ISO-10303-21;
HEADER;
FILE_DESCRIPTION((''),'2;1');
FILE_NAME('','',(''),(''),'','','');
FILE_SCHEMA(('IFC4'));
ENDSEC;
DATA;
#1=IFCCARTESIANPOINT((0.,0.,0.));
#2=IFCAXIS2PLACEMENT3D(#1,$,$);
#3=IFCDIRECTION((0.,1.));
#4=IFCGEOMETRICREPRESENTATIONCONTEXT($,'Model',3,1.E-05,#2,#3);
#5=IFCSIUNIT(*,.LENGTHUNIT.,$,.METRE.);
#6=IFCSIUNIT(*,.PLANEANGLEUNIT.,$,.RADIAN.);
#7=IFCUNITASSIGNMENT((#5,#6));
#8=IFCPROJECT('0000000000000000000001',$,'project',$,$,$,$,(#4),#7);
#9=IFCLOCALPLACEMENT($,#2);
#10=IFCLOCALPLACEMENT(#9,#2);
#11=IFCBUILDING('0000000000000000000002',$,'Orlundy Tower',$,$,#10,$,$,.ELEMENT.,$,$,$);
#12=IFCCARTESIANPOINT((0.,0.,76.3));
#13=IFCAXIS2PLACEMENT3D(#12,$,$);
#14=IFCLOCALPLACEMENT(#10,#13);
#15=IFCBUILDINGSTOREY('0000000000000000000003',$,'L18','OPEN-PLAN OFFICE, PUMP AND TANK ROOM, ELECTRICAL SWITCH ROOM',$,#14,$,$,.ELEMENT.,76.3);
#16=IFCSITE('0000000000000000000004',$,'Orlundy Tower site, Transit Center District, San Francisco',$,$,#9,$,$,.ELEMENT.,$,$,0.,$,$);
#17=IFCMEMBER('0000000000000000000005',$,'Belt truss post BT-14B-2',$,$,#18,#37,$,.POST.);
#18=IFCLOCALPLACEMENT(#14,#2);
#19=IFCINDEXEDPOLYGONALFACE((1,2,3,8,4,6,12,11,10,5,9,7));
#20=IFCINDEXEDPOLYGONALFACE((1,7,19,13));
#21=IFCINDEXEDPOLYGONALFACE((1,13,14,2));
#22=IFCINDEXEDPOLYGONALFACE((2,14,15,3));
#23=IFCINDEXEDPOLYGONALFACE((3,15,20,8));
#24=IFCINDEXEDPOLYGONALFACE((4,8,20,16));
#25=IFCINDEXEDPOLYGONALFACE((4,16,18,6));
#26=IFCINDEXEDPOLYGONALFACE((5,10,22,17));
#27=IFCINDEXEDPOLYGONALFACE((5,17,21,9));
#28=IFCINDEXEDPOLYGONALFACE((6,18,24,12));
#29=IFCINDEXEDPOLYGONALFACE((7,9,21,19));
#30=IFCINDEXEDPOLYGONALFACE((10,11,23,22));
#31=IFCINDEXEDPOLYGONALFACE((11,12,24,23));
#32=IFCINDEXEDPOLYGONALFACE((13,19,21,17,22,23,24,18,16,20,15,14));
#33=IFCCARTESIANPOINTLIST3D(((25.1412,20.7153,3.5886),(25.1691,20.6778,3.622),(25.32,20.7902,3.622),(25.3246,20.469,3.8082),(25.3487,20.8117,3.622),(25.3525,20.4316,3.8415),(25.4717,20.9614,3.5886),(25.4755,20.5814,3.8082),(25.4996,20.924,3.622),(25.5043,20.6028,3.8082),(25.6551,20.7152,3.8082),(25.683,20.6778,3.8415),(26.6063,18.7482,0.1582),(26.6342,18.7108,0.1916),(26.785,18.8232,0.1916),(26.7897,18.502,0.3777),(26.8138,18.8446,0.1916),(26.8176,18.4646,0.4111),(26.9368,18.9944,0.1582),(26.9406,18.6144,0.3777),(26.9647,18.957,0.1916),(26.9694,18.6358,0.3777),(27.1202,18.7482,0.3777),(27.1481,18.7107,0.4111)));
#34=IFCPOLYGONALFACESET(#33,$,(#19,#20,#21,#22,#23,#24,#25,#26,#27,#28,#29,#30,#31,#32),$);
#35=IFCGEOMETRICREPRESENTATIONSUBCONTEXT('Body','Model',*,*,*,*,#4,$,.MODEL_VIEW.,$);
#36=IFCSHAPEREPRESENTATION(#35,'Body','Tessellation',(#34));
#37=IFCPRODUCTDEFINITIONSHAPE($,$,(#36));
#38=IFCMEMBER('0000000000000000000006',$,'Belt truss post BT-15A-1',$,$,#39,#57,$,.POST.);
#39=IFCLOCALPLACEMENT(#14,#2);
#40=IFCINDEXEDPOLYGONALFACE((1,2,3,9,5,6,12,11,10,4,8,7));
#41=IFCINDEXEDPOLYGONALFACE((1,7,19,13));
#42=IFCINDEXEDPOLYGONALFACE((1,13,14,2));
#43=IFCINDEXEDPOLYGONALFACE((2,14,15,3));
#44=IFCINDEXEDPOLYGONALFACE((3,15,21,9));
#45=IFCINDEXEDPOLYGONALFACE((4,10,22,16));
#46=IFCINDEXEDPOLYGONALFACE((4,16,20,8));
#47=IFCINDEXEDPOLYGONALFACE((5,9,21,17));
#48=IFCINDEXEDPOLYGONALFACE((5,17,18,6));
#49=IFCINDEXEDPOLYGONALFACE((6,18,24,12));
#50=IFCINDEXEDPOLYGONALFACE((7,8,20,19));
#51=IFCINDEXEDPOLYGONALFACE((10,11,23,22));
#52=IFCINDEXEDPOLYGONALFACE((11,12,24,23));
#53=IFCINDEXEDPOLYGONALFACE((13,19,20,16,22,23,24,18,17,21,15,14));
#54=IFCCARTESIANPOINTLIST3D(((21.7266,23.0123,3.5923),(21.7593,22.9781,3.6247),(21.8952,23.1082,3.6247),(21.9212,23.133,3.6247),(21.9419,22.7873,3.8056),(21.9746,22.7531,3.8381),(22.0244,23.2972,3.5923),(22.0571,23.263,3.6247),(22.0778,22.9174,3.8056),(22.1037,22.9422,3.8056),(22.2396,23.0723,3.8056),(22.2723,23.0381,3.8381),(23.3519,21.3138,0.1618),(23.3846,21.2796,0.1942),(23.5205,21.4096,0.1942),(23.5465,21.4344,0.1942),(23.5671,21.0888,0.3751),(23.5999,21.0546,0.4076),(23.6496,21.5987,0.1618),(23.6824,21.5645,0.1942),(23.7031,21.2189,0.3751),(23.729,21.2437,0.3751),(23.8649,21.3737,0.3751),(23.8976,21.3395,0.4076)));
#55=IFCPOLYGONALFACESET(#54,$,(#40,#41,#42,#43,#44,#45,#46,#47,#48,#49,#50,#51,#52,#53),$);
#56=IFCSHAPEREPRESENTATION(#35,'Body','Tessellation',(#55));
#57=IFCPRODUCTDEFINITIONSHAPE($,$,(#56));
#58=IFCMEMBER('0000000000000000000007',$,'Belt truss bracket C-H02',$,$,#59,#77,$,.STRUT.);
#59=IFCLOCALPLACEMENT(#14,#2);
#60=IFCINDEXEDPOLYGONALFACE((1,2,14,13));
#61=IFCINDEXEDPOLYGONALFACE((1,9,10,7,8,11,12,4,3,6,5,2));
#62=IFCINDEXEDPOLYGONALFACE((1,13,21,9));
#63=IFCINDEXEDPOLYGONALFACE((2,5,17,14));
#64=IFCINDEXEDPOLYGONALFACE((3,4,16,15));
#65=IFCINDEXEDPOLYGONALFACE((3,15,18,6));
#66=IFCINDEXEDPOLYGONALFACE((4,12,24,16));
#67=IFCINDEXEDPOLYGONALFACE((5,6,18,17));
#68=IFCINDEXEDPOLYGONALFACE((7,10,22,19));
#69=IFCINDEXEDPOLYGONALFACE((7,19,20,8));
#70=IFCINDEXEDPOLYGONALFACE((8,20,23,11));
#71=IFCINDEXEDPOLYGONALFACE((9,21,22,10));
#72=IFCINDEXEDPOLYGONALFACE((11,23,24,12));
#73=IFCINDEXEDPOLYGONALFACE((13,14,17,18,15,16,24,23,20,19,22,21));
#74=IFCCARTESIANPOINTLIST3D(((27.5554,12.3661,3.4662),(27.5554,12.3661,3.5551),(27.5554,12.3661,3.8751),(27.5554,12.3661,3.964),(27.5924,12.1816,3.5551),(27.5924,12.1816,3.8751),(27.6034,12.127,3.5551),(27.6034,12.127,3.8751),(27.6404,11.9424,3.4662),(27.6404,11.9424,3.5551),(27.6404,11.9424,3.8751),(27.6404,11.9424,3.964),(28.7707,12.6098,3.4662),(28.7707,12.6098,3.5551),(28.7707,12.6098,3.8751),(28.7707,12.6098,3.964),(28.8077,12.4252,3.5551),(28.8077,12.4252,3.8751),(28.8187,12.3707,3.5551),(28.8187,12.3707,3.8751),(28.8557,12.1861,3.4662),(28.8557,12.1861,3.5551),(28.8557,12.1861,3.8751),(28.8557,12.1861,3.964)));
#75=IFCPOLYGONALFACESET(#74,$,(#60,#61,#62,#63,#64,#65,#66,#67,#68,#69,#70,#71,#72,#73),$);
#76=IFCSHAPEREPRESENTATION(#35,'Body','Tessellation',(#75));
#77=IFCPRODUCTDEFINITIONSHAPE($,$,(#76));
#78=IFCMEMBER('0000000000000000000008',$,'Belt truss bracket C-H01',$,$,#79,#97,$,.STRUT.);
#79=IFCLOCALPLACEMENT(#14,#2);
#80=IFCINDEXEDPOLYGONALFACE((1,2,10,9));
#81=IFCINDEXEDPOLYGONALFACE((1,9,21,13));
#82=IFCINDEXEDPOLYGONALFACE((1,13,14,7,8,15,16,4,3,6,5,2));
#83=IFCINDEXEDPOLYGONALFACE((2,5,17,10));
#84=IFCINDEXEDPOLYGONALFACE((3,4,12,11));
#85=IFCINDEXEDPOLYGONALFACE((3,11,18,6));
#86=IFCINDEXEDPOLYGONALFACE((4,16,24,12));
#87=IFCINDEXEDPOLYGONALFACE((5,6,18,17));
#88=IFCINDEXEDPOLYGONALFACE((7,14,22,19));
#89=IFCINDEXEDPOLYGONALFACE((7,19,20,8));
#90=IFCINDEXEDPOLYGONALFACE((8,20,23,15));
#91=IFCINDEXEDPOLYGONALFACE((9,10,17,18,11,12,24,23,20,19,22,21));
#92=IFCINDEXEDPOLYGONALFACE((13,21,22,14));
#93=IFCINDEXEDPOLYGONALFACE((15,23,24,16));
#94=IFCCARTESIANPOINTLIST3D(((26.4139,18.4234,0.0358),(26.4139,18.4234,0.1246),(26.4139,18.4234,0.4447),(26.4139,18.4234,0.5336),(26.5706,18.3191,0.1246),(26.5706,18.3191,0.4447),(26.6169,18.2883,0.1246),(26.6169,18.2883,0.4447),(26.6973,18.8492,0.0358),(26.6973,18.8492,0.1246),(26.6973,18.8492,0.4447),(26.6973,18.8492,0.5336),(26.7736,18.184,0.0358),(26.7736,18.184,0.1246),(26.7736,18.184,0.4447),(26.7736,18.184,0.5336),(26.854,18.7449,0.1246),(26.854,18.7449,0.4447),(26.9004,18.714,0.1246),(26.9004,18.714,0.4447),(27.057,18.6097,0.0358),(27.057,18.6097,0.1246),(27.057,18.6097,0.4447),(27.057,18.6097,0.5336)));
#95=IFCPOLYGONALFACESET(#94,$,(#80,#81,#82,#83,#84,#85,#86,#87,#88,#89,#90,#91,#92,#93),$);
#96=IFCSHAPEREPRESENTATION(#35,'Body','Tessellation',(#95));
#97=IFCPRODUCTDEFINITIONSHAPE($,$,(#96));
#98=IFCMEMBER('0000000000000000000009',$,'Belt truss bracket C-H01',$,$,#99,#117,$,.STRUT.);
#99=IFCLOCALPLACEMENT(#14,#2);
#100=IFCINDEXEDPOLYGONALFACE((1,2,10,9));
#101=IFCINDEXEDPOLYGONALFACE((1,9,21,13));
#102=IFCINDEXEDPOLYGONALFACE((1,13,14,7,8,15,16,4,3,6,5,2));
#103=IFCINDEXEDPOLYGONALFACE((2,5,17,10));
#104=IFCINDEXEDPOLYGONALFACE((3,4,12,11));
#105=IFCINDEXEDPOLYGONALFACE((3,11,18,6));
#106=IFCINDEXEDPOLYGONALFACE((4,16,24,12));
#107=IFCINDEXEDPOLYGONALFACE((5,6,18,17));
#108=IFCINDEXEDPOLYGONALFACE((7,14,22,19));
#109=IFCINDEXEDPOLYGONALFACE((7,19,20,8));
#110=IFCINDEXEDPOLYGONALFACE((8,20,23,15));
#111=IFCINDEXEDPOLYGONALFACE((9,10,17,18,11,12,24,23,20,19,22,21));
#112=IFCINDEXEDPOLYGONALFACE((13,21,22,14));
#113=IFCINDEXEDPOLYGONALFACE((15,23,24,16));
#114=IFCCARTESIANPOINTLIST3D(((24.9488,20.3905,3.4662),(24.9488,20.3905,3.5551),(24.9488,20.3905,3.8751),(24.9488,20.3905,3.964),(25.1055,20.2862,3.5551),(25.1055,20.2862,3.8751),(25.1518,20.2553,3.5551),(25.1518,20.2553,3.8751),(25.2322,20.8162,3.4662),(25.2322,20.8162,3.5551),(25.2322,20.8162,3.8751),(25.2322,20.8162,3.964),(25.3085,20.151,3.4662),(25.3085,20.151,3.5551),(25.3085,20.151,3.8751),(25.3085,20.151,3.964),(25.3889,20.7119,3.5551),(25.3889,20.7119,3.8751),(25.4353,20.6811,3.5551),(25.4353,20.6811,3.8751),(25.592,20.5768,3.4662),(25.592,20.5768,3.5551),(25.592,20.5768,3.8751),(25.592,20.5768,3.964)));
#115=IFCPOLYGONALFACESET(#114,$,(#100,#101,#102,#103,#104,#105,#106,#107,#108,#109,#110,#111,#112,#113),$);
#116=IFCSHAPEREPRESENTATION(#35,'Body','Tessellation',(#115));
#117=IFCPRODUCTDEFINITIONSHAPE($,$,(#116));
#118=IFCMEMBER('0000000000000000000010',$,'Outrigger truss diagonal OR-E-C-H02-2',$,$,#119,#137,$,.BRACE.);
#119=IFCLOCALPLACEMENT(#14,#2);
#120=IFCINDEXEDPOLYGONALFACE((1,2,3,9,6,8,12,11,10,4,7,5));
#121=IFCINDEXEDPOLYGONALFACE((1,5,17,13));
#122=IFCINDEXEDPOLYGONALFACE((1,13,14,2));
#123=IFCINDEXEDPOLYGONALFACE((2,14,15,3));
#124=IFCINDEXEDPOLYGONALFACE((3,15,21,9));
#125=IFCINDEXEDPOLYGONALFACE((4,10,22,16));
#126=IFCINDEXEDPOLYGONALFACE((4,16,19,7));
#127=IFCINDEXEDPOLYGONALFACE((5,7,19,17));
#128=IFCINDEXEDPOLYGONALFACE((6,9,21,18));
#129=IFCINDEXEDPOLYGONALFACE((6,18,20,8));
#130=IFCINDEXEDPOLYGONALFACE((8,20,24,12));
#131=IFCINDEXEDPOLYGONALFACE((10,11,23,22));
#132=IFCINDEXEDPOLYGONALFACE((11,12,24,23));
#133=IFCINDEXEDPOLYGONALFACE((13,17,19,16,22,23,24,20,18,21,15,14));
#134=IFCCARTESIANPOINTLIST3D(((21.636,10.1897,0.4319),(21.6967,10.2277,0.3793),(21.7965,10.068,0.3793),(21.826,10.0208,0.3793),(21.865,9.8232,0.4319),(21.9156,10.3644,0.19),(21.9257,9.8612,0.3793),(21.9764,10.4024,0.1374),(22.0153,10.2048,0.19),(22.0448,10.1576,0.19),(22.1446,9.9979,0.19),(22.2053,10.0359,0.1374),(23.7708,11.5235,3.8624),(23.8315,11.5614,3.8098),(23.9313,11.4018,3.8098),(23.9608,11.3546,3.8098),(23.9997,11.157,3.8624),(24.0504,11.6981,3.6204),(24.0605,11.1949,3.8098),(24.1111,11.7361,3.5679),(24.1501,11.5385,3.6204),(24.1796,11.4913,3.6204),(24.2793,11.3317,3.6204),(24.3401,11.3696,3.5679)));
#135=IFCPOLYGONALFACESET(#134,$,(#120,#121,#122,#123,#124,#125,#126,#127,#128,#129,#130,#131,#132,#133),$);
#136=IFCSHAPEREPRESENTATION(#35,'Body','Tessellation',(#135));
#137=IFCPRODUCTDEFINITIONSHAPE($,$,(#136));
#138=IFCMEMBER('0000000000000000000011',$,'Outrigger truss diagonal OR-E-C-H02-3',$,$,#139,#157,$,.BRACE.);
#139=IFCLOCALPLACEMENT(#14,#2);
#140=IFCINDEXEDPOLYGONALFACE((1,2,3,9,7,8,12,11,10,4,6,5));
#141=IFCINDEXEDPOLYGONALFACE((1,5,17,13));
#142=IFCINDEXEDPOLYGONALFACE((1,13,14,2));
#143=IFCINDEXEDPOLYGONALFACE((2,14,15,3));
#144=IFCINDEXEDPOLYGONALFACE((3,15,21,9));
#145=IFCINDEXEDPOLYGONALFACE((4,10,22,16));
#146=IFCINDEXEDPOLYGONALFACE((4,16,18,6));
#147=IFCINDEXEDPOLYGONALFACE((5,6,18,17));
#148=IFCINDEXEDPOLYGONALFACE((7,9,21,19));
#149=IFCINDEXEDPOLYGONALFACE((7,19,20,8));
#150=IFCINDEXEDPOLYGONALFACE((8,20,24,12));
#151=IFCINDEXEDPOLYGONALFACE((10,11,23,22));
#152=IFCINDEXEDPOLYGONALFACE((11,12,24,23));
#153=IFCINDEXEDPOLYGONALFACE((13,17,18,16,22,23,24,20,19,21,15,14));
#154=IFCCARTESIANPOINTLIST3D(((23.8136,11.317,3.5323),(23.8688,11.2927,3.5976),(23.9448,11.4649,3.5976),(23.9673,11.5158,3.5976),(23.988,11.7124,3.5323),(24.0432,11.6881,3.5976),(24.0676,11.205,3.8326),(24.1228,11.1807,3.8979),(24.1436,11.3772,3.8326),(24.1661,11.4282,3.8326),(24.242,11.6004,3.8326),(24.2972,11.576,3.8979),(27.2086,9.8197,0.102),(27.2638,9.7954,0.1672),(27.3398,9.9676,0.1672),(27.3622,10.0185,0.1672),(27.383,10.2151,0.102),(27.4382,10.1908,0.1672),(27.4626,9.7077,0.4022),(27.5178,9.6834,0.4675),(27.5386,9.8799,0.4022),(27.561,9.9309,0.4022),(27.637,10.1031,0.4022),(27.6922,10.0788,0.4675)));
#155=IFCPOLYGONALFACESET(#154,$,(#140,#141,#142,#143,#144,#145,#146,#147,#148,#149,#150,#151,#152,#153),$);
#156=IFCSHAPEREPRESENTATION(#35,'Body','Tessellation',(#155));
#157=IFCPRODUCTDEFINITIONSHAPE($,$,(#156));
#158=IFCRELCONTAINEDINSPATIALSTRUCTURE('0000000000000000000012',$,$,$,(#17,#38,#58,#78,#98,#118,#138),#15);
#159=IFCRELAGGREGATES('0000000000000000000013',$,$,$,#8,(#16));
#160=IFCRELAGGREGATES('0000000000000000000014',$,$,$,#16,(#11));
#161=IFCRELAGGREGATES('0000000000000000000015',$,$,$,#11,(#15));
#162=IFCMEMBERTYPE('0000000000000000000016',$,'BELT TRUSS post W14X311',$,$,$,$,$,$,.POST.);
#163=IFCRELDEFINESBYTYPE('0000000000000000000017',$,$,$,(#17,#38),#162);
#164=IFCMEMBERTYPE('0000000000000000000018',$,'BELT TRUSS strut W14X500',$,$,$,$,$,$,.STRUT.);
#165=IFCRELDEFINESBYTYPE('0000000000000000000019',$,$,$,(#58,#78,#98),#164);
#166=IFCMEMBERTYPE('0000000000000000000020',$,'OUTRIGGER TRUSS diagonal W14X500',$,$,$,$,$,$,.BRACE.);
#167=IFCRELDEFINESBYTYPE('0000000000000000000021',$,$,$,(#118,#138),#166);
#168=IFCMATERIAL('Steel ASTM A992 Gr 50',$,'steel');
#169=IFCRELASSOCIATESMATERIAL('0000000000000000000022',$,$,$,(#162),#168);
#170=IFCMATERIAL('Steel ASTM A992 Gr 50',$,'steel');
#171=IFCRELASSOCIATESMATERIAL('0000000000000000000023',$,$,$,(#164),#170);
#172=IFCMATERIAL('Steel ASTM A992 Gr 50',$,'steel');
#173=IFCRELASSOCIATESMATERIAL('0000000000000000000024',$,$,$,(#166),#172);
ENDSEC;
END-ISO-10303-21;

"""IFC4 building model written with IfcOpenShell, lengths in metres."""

from ifc_helpers import new_model, si_unit, direction, frame, origin, origin_2d, place, context, subcontext, project, spatial, i_section, extrude, material, material_profile, profile_set, type_object, element, save


model = new_model("IFC4")

# Units and contexts
model_context = context("Model", 3, precision=1e-05, world=origin(), true_north=direction((0.0, 1.0)))
body_context = subcontext(model_context, "Body", "Model", "MODEL_VIEW")
ifc_project = project(units=[si_unit("LENGTHUNIT", "METRE"), si_unit("PLANEANGLEUNIT", "RADIAN")], contexts=[model_context])

# Site, building, storey
site_placement = place(None, origin())
site = spatial("IfcSite", under=ifc_project, at=site_placement, Name="Orlundy Tower site, Transit Center District, San Francisco", CompositionType="ELEMENT", RefElevation=0.0)
building_placement = place(site_placement, origin())
building = spatial("IfcBuilding", under=site, at=building_placement, Name="Orlundy Tower", CompositionType="ELEMENT")
storey_placement = place(building_placement, frame((0.0, 0.0, 76.3)))
storey = spatial("IfcBuildingStorey", under=building, at=storey_placement, Name="L18", Description="OPEN-PLAN OFFICE, PUMP AND TANK ROOM, ELECTRICAL SWITCH ROOM", CompositionType="ELEMENT", Elevation=76.3)

# Members
ifc_material_1 = material(Name="Steel ASTM A992 Gr 50", Category="steel")
ifc_material_profile_1 = material_profile(ifc_material_1, i_section(OverallWidth=0.4121, OverallDepth=0.4348, WebThickness=0.0359, FlangeThickness=0.0574, at=origin_2d()), Name="W14X311")
ifc_profile_set_1 = profile_set([ifc_material_profile_1], Name="Steel ASTM A992 Gr 50")
member_type_1 = type_object("IfcMemberType", Name="BELT TRUSS post W14X311", PredefinedType="POST", material=ifc_profile_set_1)
member_1_placement = place(storey_placement, frame((26.8772, 18.7295, 0.2847), z_axis=(-0.34742, 0.466449, 0.813464), x_axis=(-0.80199, -0.597337, 0.0)))
element("IfcMember", 1, at=member_1_placement, inside=storey, type_object=member_type_1, Name="Belt truss post BT-14B-2", PredefinedType="POST", context=body_context, shape_type="SweptSolid", body=[
    extrude(i_section(OverallWidth=0.4121, OverallDepth=0.4348, WebThickness=0.0359, FlangeThickness=0.0574, at=origin_2d()), origin(), (0.0, 0.0, 1.0), 4.217),
])
member_2_placement = place(storey_placement, frame((23.6248, 21.3267, 0.2847), z_axis=(-0.390814, 0.408426, 0.824895), x_axis=(-0.722513, -0.691357, 0.0)))
element("IfcMember", 2, at=member_2_placement, inside=storey, type_object=member_type_1, Name="Belt truss post BT-15A-1", PredefinedType="POST", context=body_context, shape_type="SweptSolid", body=[
    extrude(i_section(OverallWidth=0.4121, OverallDepth=0.4348, WebThickness=0.0359, FlangeThickness=0.0574, at=origin_2d()), origin(), (0.0, 0.0, 1.0), 4.1587),
])
ifc_material_2 = material(Name="Steel ASTM A992 Gr 50", Category="steel")
ifc_material_profile_2 = material_profile(ifc_material_2, i_section(OverallWidth=0.4321, OverallDepth=0.4978, WebThickness=0.0557, FlangeThickness=0.0889, at=origin_2d()), Name="W14X500")
ifc_profile_set_2 = profile_set([ifc_material_profile_2], Name="Steel ASTM A992 Gr 50")
member_type_2 = type_object("IfcMemberType", Name="BELT TRUSS strut W14X500", PredefinedType="STRUT", material=ifc_profile_set_2)
member_3_placement = place(storey_placement, frame((27.5979, 12.1543, 3.7151), z_axis=(0.98049, 0.196571, 0.0), x_axis=(-0.196571, 0.98049, 0.0)))
element("IfcMember", 3, at=member_3_placement, inside=storey, type_object=member_type_2, Name="Belt truss bracket C-H02", PredefinedType="STRUT", context=body_context, shape_type="SweptSolid", body=[
    extrude(i_section(OverallWidth=0.4321, OverallDepth=0.4978, WebThickness=0.0557, FlangeThickness=0.0889, at=origin_2d()), origin(), (0.0, 0.0, 1.0), 1.2395),
])
for number, where, z_axis, x_axis, name in (
    (4, (26.5938, 18.3037, 0.2847), (0.554149, 0.832417, 0.0), (-0.832417, 0.554149, 0.0), "Belt truss bracket C-H01"),
    (5, (25.1287, 20.2708, 3.7151), (0.554149, 0.832417, 0.0), (-0.832417, 0.554149, 0.0), "Belt truss bracket C-H01"),
):
    element("IfcMember", number, at=place(storey_placement, frame(where, z_axis=z_axis, x_axis=x_axis)), inside=storey, type_object=member_type_2, Name=name, PredefinedType="STRUT", context=body_context, shape_type="SweptSolid", body=[
        extrude(i_section(OverallWidth=0.4321, OverallDepth=0.4978, WebThickness=0.0557, FlangeThickness=0.0889, at=origin_2d()), origin(), (0.0, 0.0, 1.0), 0.5115),
    ])
ifc_material_3 = material(Name="Steel ASTM A992 Gr 50", Category="steel")
ifc_material_profile_3 = material_profile(ifc_material_3, i_section(OverallWidth=0.4321, OverallDepth=0.4978, WebThickness=0.0557, FlangeThickness=0.0889, at=origin_2d()), Name="W14X500")
ifc_profile_set_3 = profile_set([ifc_material_profile_3], Name="Steel ASTM A992 Gr 50")
member_type_3 = type_object("IfcMemberType", Name="OUTRIGGER TRUSS diagonal W14X500", PredefinedType="BRACE", material=ifc_profile_set_3)
member_4_placement = place(storey_placement, frame((21.9207, 10.1128, 0.2847), z_axis=(0.501724, 0.313462, 0.806235), x_axis=(-0.529859, 0.848085, 0.0)))
element("IfcMember", 6, at=member_4_placement, inside=storey, type_object=member_type_3, Name="Outrigger truss diagonal OR-E-C-H02-2", PredefinedType="BRACE", context=body_context, shape_type="SweptSolid", body=[
    extrude(i_section(OverallWidth=0.4321, OverallDepth=0.4978, WebThickness=0.0557, FlangeThickness=0.0889, at=origin_2d()), origin(), (0.0, 0.0, 1.0), 4.2549),
])
member_5_placement = place(storey_placement, frame((24.0554, 11.4465, 3.7151), z_axis=(0.671841, -0.296304, -0.678847), x_axis=(0.40353, 0.914966, 0.0)))
element("IfcMember", 7, at=member_5_placement, inside=storey, type_object=member_type_3, Name="Outrigger truss diagonal OR-E-C-H02-3", PredefinedType="BRACE", context=body_context, shape_type="SweptSolid", body=[
    extrude(i_section(OverallWidth=0.4321, OverallDepth=0.4978, WebThickness=0.0557, FlangeThickness=0.0889, at=origin_2d()), origin(), (0.0, 0.0, 1.0), 5.0532),
])

save(model, "model.ifc")
